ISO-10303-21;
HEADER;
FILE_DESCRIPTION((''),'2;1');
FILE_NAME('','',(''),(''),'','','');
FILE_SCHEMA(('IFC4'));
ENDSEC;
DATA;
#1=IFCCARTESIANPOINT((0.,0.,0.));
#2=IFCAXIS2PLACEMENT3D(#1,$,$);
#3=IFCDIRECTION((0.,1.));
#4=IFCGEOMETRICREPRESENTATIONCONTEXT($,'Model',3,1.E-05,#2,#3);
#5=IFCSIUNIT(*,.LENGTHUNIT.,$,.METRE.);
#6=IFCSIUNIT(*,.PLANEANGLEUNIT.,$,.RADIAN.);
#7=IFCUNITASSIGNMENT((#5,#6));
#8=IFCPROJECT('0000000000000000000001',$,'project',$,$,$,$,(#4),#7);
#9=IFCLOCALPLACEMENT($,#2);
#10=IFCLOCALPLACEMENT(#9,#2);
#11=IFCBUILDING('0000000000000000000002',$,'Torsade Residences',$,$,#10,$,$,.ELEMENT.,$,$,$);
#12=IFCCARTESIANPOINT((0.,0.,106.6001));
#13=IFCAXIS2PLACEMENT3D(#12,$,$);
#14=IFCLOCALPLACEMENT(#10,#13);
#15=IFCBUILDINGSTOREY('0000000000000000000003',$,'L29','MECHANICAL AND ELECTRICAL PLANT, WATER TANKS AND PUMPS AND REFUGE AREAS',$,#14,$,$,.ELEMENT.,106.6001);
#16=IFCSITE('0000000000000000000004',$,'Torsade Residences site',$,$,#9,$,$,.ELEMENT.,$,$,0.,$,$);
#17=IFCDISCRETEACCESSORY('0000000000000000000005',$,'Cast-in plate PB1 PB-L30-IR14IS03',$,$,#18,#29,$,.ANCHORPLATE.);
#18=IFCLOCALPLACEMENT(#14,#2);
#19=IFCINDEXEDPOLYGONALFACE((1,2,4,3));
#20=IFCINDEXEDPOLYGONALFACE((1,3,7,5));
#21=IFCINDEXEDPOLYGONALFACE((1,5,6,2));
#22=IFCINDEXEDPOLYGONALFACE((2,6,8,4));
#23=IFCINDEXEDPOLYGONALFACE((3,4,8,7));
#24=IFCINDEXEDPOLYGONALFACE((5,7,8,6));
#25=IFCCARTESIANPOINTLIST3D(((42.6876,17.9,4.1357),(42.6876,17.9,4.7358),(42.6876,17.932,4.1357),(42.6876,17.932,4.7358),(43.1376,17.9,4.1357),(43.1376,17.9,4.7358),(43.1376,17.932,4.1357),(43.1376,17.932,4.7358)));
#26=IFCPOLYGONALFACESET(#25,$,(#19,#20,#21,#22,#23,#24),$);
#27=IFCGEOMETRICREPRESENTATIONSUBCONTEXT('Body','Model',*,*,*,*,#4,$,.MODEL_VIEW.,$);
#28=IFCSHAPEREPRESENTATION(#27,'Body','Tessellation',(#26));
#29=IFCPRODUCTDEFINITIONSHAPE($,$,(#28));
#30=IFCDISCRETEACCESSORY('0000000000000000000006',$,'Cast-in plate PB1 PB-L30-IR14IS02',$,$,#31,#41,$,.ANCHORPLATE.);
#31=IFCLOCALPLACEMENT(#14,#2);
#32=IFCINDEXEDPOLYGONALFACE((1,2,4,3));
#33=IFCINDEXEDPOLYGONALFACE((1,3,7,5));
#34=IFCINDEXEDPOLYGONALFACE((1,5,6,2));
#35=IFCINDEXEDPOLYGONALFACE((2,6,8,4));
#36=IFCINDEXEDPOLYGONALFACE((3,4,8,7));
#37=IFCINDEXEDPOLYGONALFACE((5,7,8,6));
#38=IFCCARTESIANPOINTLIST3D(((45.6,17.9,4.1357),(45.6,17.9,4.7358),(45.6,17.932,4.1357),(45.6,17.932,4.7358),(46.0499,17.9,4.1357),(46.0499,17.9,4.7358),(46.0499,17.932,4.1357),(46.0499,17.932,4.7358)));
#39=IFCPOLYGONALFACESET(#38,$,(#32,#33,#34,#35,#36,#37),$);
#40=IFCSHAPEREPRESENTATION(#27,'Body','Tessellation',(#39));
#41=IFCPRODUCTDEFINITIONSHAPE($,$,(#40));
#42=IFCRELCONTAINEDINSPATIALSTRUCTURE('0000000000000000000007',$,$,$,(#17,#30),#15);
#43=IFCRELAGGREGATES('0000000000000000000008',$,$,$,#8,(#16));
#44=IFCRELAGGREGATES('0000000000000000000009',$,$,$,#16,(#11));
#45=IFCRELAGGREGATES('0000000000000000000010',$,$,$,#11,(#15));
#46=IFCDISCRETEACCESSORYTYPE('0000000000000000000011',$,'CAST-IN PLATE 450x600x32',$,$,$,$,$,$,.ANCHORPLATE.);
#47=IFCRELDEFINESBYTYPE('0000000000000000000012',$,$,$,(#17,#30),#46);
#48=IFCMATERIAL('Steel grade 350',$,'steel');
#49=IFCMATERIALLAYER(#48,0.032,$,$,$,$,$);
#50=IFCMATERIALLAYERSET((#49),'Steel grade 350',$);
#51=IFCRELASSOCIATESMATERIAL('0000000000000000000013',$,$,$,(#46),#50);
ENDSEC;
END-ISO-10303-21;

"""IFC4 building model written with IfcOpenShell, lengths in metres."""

from ifc_helpers import new_model, si_unit, direction, frame, origin, origin_2d, place, context, subcontext, project, spatial, rectangle, extrude, material, layer, layer_set, type_object, element, save


model = new_model("IFC4")

# Units and contexts
model_context = context("Model", 3, precision=1e-05, world=origin(), true_north=direction((0.0, 1.0)))
body_context = subcontext(model_context, "Body", "Model", "MODEL_VIEW")
ifc_project = project(units=[si_unit("LENGTHUNIT", "METRE"), si_unit("PLANEANGLEUNIT", "RADIAN")], contexts=[model_context])

# Site, building, storey
site_placement = place(None, origin())
site = spatial("IfcSite", under=ifc_project, at=site_placement, Name="Torsade Residences site", CompositionType="ELEMENT", RefElevation=0.0)
building_placement = place(site_placement, origin())
building = spatial("IfcBuilding", under=site, at=building_placement, Name="Torsade Residences", CompositionType="ELEMENT")
storey_placement = place(building_placement, frame((0.0, 0.0, 106.6001)))
storey = spatial("IfcBuildingStorey", under=building, at=storey_placement, Name="L29", Description="MECHANICAL AND ELECTRICAL PLANT, WATER TANKS AND PUMPS AND REFUGE AREAS", CompositionType="ELEMENT", Elevation=106.6001)

# Discrete accessories
ifc_material_1 = material(Name="Steel grade 350", Category="steel")
ifc_layer_1 = layer(ifc_material_1, 0.032)
ifc_layer_set_1 = layer_set([ifc_layer_1], Name="Steel grade 350")
discrete_accessory_type = type_object("IfcDiscreteAccessoryType", Name="CAST-IN PLATE 450x600x32", PredefinedType="ANCHORPLATE", material=ifc_layer_set_1)
for number, where, z_axis, x_axis, name in (
    (1, (42.9126, 17.916, 4.1357), (0.0, 0.0, 1.0), (1.0, 0.0, 0.0), "Cast-in plate PB1 PB-L30-IR14IS03"),
    (2, (45.825, 17.916, 4.1357), (0.0, 0.0, 1.0), (1.0, 0.0, 0.0), "Cast-in plate PB1 PB-L30-IR14IS02"),
):
    element("IfcDiscreteAccessory", number, at=place(storey_placement, frame(where, z_axis=z_axis, x_axis=x_axis)), inside=storey, type_object=discrete_accessory_type, Name=name, PredefinedType="ANCHORPLATE", context=body_context, shape_type="SweptSolid", body=[
        extrude(rectangle(XDim=0.45, YDim=0.032, at=origin_2d()), origin(), (0.0, 0.0, 1.0), 0.6001),
    ])

save(model, "model.ifc")
